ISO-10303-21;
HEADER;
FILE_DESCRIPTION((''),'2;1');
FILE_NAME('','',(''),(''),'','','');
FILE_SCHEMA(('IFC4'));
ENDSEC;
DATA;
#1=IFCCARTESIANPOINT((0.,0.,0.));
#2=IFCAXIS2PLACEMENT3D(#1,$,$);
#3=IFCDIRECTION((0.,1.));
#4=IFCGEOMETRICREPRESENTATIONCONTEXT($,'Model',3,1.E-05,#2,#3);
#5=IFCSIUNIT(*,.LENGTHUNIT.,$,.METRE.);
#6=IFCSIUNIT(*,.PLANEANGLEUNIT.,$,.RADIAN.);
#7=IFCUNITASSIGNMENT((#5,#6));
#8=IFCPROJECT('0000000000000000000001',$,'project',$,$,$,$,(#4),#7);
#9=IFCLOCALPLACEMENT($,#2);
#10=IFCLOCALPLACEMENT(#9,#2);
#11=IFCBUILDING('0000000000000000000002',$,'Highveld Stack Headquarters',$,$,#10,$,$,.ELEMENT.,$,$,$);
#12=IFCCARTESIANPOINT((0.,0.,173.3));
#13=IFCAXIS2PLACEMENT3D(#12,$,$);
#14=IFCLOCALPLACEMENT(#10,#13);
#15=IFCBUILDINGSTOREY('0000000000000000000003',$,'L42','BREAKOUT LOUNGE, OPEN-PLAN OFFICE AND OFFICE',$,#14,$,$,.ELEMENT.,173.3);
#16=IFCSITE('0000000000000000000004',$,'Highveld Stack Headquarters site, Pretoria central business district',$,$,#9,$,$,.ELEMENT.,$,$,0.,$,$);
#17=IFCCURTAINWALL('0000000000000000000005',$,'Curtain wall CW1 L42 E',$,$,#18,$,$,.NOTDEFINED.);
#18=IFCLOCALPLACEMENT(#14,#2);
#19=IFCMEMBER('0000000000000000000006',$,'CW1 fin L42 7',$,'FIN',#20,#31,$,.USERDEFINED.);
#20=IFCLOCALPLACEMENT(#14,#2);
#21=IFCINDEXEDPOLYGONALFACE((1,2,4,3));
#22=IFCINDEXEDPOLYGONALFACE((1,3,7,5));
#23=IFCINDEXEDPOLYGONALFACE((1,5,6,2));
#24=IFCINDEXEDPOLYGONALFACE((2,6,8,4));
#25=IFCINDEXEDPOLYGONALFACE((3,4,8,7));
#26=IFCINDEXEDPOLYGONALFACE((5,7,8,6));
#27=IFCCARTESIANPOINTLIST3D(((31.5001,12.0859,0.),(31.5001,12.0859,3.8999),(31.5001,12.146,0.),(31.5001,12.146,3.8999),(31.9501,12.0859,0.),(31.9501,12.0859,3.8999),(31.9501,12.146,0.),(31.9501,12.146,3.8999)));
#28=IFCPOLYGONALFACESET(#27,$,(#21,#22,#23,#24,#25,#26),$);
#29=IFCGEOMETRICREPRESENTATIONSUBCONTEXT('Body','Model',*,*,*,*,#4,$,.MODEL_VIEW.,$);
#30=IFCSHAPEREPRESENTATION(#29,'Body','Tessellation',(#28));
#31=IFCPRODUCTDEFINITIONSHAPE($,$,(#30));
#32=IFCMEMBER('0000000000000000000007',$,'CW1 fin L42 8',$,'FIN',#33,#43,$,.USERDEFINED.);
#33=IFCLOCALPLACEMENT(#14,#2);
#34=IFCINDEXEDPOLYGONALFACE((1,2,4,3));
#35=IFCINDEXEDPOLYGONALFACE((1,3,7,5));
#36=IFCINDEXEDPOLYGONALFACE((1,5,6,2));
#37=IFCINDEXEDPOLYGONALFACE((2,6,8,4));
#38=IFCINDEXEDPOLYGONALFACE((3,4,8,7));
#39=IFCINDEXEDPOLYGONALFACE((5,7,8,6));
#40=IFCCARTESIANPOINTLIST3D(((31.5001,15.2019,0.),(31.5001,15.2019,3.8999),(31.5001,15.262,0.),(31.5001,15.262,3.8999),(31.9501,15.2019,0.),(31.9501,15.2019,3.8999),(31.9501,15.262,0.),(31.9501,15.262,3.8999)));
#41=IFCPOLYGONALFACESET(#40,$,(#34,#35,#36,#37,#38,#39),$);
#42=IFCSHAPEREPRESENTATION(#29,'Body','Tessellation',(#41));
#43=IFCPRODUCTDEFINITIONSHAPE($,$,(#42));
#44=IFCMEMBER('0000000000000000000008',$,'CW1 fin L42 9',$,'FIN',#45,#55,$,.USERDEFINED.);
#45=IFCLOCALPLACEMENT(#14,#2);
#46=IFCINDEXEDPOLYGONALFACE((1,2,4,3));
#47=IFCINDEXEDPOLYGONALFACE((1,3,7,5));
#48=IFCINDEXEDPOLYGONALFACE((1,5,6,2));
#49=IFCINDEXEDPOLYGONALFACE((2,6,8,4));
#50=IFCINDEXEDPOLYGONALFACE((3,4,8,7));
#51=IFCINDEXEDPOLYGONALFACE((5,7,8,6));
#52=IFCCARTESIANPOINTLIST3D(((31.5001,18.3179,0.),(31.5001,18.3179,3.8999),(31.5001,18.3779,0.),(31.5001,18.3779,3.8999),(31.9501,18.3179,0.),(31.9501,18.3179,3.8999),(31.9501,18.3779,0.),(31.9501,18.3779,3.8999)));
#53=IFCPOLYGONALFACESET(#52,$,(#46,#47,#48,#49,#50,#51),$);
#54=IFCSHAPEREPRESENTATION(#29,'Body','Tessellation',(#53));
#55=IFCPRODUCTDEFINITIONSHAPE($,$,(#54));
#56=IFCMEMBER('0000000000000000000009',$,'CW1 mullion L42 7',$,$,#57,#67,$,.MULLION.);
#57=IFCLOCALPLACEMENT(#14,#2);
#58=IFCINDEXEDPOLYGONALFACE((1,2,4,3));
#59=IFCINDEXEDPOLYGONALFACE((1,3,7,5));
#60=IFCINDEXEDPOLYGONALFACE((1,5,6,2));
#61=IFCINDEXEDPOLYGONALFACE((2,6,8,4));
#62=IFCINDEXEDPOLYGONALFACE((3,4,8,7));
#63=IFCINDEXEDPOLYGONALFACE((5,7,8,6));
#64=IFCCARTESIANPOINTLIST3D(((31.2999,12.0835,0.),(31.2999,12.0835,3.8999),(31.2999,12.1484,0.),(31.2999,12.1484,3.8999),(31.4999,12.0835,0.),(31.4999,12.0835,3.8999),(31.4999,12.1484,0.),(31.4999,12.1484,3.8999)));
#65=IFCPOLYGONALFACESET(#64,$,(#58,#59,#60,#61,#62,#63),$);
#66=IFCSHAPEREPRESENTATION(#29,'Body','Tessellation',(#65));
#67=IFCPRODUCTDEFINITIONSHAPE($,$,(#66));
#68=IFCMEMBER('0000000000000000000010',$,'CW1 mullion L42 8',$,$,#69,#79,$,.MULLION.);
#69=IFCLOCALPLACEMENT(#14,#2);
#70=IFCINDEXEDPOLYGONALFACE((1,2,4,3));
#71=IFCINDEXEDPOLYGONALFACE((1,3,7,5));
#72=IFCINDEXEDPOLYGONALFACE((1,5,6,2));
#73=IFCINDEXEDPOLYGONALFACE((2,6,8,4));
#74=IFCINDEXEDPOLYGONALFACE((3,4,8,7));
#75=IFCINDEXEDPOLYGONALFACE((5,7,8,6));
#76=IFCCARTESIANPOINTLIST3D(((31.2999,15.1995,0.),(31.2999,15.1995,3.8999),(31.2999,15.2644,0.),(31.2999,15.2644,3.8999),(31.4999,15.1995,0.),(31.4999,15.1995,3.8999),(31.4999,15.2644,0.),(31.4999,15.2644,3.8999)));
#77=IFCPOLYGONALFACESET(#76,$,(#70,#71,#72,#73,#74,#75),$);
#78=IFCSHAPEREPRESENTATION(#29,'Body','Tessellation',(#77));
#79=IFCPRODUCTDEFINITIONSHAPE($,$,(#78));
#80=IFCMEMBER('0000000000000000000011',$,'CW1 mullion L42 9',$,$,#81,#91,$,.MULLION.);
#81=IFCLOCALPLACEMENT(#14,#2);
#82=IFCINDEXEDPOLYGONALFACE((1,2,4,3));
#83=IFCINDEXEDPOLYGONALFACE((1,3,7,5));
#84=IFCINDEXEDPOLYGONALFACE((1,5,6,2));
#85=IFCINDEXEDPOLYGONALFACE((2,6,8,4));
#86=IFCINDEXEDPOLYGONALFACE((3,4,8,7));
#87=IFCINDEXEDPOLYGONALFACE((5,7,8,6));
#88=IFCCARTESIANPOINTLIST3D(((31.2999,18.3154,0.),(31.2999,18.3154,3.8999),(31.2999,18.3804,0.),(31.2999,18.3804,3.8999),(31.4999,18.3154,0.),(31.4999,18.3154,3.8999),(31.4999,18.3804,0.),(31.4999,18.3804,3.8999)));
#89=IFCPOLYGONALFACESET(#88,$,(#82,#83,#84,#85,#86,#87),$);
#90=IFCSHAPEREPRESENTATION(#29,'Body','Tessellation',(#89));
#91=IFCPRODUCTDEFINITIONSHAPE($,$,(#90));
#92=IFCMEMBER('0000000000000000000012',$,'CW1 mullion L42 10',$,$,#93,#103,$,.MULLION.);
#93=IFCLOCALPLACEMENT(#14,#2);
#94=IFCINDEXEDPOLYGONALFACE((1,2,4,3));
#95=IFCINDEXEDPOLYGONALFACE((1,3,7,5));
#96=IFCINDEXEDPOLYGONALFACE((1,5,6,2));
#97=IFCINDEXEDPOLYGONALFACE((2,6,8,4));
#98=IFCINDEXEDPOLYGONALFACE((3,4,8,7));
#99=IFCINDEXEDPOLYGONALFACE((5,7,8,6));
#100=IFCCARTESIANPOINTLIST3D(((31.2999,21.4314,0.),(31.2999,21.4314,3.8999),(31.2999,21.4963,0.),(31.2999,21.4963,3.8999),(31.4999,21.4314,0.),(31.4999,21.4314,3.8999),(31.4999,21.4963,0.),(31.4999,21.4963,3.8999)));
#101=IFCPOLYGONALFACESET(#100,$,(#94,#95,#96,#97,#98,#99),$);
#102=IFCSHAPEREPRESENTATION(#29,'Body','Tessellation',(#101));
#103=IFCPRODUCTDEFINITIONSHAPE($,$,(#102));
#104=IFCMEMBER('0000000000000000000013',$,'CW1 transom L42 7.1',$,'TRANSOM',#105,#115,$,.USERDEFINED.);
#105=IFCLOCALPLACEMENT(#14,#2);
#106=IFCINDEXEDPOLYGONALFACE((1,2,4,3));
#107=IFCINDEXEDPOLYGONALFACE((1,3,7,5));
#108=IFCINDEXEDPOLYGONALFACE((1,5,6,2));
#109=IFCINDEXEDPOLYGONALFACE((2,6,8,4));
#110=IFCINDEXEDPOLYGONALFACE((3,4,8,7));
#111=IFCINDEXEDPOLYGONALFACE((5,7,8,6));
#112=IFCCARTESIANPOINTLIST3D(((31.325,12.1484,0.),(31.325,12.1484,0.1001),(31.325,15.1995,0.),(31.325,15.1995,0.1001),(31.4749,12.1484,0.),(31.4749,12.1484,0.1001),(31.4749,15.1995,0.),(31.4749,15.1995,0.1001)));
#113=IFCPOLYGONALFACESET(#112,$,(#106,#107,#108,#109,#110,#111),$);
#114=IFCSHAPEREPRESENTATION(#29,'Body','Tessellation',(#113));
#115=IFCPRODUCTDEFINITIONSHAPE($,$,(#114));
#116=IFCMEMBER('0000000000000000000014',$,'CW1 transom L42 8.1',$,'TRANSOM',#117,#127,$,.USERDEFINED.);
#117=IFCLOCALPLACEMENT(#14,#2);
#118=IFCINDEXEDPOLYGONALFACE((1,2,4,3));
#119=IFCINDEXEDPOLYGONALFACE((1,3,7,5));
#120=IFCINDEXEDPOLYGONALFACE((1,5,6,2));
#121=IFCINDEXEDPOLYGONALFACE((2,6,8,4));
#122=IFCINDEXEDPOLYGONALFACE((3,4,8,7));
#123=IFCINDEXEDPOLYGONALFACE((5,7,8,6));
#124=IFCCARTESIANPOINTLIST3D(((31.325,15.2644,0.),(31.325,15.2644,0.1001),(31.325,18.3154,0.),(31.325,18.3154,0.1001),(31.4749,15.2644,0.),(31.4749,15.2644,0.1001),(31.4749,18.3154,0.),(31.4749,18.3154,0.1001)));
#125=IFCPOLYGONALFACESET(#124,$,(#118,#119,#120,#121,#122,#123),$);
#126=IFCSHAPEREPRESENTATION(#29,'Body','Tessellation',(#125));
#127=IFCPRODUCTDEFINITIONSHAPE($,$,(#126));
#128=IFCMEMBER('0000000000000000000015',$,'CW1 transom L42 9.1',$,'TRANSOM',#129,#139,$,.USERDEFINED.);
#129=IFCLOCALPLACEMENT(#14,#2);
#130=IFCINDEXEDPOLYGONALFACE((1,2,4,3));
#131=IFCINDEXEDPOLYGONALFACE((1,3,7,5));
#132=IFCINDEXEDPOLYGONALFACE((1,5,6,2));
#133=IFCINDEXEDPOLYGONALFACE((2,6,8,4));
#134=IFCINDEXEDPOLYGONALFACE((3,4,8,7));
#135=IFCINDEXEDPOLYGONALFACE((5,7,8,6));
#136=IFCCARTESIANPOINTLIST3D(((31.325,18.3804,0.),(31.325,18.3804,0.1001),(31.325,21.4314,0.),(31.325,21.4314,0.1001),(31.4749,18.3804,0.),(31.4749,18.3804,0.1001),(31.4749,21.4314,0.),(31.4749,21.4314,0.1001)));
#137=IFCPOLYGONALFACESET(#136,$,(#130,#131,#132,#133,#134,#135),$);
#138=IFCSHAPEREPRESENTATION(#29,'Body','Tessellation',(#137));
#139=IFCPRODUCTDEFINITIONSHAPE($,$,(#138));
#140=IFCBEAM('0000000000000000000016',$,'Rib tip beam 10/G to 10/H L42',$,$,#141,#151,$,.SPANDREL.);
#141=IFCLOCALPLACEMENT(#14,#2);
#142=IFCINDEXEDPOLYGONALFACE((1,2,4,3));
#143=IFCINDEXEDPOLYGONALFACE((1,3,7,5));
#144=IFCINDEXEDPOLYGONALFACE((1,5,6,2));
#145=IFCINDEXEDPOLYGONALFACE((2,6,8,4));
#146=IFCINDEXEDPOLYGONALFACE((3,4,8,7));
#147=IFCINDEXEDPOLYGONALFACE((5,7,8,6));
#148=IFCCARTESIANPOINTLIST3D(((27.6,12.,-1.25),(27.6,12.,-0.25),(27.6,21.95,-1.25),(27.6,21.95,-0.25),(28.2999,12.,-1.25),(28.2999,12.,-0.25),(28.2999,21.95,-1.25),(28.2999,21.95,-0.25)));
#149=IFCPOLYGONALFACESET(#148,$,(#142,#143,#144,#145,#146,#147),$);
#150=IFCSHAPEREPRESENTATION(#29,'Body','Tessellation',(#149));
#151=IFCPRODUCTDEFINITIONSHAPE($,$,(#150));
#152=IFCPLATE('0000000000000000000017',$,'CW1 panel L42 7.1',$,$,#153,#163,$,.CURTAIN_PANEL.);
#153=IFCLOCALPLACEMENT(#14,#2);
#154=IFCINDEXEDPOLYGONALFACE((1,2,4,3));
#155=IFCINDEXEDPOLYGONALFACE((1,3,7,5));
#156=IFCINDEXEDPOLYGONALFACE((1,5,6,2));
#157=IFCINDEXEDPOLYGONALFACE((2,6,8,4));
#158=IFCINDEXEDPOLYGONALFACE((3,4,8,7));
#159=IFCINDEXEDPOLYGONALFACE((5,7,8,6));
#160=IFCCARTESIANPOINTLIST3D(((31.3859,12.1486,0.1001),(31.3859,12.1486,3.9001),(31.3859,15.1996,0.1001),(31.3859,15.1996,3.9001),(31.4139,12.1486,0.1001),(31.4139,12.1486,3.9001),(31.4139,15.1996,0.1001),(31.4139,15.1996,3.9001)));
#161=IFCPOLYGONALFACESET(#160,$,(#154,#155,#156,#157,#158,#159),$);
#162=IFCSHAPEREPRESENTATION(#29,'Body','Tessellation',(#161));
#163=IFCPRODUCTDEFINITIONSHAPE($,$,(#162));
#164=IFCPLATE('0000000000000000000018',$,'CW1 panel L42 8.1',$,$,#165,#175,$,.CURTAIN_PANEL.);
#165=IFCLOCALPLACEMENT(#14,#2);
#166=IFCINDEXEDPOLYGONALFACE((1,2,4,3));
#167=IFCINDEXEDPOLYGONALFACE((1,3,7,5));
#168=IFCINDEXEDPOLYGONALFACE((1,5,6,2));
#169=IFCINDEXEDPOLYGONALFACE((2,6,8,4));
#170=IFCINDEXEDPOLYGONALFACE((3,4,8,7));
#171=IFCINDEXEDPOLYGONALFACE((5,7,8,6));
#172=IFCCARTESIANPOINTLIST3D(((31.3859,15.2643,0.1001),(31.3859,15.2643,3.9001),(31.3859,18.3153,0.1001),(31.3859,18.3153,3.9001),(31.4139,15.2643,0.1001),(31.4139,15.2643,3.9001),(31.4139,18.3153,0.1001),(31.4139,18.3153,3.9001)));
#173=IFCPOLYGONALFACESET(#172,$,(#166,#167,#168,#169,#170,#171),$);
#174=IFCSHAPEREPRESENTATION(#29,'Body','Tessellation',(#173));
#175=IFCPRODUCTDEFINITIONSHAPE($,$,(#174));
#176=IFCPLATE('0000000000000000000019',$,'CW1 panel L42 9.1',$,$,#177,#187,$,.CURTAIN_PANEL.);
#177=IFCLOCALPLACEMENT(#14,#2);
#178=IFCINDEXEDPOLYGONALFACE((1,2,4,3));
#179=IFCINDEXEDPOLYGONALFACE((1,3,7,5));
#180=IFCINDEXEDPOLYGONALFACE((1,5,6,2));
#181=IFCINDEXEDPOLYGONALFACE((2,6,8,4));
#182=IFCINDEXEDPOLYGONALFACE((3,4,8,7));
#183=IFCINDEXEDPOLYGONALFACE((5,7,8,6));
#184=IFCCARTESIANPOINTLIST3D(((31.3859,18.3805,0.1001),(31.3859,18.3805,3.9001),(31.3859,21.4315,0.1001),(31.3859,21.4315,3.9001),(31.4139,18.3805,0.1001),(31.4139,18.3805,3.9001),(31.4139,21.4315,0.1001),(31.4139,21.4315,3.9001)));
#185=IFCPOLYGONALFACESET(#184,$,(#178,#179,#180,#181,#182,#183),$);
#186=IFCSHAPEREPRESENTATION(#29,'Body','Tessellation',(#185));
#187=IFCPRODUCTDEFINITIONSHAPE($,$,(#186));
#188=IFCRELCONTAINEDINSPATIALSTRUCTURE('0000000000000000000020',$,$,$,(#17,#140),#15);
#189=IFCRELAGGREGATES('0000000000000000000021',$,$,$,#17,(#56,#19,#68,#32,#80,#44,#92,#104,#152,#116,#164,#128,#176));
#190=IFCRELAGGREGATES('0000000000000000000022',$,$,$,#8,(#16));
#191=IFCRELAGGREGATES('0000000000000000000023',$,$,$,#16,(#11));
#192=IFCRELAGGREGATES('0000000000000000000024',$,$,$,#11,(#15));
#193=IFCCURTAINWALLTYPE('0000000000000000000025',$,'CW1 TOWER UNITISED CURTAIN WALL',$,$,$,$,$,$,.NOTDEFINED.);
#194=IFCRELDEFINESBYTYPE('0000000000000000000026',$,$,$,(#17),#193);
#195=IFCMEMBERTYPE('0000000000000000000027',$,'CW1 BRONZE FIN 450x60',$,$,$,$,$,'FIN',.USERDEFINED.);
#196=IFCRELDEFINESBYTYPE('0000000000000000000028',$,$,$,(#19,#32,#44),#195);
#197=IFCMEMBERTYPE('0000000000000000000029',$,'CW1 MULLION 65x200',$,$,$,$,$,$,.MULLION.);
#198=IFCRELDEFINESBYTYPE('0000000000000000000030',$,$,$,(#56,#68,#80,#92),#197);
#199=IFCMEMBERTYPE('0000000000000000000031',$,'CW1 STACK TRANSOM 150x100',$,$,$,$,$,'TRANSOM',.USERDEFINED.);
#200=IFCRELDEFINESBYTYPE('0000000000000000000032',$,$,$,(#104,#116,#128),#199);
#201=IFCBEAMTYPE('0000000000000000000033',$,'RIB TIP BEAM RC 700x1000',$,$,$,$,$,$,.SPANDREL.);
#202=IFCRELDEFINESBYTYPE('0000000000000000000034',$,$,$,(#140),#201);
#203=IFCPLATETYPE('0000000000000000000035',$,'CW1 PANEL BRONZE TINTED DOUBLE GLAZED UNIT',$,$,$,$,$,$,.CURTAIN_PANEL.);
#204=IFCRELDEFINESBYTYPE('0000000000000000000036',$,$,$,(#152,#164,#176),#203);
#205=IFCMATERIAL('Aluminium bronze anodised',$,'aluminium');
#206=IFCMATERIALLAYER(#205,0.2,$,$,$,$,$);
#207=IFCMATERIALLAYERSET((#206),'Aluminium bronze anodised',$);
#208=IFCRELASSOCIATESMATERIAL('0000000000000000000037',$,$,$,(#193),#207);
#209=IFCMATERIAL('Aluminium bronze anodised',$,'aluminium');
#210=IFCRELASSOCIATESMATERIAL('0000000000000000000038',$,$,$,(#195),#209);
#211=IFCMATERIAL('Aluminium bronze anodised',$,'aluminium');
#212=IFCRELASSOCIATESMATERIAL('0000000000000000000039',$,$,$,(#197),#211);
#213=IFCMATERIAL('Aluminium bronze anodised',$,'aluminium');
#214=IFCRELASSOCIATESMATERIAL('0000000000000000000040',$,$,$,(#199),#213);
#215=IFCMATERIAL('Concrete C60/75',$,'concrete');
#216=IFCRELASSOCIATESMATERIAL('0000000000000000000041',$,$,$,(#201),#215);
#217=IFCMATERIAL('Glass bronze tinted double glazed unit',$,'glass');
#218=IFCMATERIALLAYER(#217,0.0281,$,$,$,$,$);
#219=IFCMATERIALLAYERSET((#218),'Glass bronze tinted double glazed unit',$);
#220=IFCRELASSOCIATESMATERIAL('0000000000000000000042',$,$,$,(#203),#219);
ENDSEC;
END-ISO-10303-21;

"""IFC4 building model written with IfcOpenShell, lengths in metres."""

from ifc_helpers import new_model, si_unit, direction, frame, origin, origin_2d, place, context, subcontext, project, spatial, rectangle, extrude, material, layer, layer_set, material_profile, profile_set, type_object, element, aggregate, save


model = new_model("IFC4")

# Units and contexts
model_context = context("Model", 3, precision=1e-05, world=origin(), true_north=direction((0.0, 1.0)))
body_context = subcontext(model_context, "Body", "Model", "MODEL_VIEW")
ifc_project = project(units=[si_unit("LENGTHUNIT", "METRE"), si_unit("PLANEANGLEUNIT", "RADIAN")], contexts=[model_context])

# Site, building, storey
site_placement = place(None, origin())
site = spatial("IfcSite", under=ifc_project, at=site_placement, Name="Highveld Stack Headquarters site, Pretoria central business district", CompositionType="ELEMENT", RefElevation=0.0)
building_placement = place(site_placement, origin())
building = spatial("IfcBuilding", under=site, at=building_placement, Name="Highveld Stack Headquarters", CompositionType="ELEMENT")
storey_placement = place(building_placement, frame((0.0, 0.0, 173.3)))
storey = spatial("IfcBuildingStorey", under=building, at=storey_placement, Name="L42", Description="BREAKOUT LOUNGE, OPEN-PLAN OFFICE AND OFFICE", CompositionType="ELEMENT", Elevation=173.3)

# Curtain wall, members
ifc_material_1 = material(Name="Aluminium bronze anodised", Category="aluminium")
ifc_layer_1 = layer(ifc_material_1, 0.2)
ifc_layer_set_1 = layer_set([ifc_layer_1], Name="Aluminium bronze anodised")
curtain_wall_type = type_object("IfcCurtainWallType", Name="CW1 TOWER UNITISED CURTAIN WALL", PredefinedType="NOTDEFINED", material=ifc_layer_set_1)
curtain_wall_placement = place(storey_placement, origin())
curtain_wall = element("IfcCurtainWall", 1, at=curtain_wall_placement, inside=storey, type_object=curtain_wall_type, Name="Curtain wall CW1 L42 E", PredefinedType="NOTDEFINED")
ifc_material_2 = material(Name="Aluminium bronze anodised", Category="aluminium")
ifc_material_profile_1 = material_profile(ifc_material_2, rectangle(XDim=0.45, YDim=0.0601, at=origin_2d()), Name="FIN 450x60")
ifc_profile_set_1 = profile_set([ifc_material_profile_1], Name="Aluminium bronze anodised")
member_type_1 = type_object("IfcMemberType", Name="CW1 BRONZE FIN 450x60", ElementType="FIN", PredefinedType="USERDEFINED", material=ifc_profile_set_1)
member_1_placement = place(storey_placement, frame((31.7251, 12.116, 0.0), z_axis=(0.0, 0.0, 1.0), x_axis=(-1.0, 0.0, 0.0)))
member_1 = element("IfcMember", 2, at=member_1_placement, type_object=member_type_1, Name="CW1 fin L42 7", ObjectType="FIN", PredefinedType="USERDEFINED", context=body_context, shape_type="SweptSolid", body=[
    extrude(rectangle(XDim=0.45, YDim=0.0601, at=origin_2d()), origin(), (0.0, 0.0, 1.0), 3.8999),
])
member_2_placement = place(storey_placement, frame((31.7251, 15.2319, 0.0), z_axis=(0.0, 0.0, 1.0), x_axis=(-1.0, 0.0, 0.0)))
member_2 = element("IfcMember", 3, at=member_2_placement, type_object=member_type_1, Name="CW1 fin L42 8", ObjectType="FIN", PredefinedType="USERDEFINED", context=body_context, shape_type="SweptSolid", body=[
    extrude(rectangle(XDim=0.45, YDim=0.0601, at=origin_2d()), origin(), (0.0, 0.0, 1.0), 3.8999),
])
member_3_placement = place(storey_placement, frame((31.7251, 18.3479, 0.0), z_axis=(0.0, 0.0, 1.0), x_axis=(-1.0, 0.0, 0.0)))
member_3 = element("IfcMember", 4, at=member_3_placement, type_object=member_type_1, Name="CW1 fin L42 9", ObjectType="FIN", PredefinedType="USERDEFINED", context=body_context, shape_type="SweptSolid", body=[
    extrude(rectangle(XDim=0.45, YDim=0.0601, at=origin_2d()), origin(), (0.0, 0.0, 1.0), 3.8999),
])
ifc_material_3 = material(Name="Aluminium bronze anodised", Category="aluminium")
ifc_material_profile_2 = material_profile(ifc_material_3, rectangle(XDim=0.2, YDim=0.0649, at=origin_2d()), Name="CW1 MULLION 65x200")
ifc_profile_set_2 = profile_set([ifc_material_profile_2], Name="Aluminium bronze anodised")
member_type_2 = type_object("IfcMemberType", Name="CW1 MULLION 65x200", PredefinedType="MULLION", material=ifc_profile_set_2)
member_4_placement = place(storey_placement, frame((31.3999, 12.116, 0.0), z_axis=(0.0, 0.0, 1.0), x_axis=(-1.0, 0.0, 0.0)))
member_4 = element("IfcMember", 5, at=member_4_placement, type_object=member_type_2, Name="CW1 mullion L42 7", PredefinedType="MULLION", context=body_context, shape_type="SweptSolid", body=[
    extrude(rectangle(XDim=0.2, YDim=0.0649, at=origin_2d()), origin(), (0.0, 0.0, 1.0), 3.8999),
])
member_5_placement = place(storey_placement, frame((31.3999, 15.2319, 0.0), z_axis=(0.0, 0.0, 1.0), x_axis=(-1.0, 0.0, 0.0)))
member_5 = element("IfcMember", 6, at=member_5_placement, type_object=member_type_2, Name="CW1 mullion L42 8", PredefinedType="MULLION", context=body_context, shape_type="SweptSolid", body=[
    extrude(rectangle(XDim=0.2, YDim=0.0649, at=origin_2d()), origin(), (0.0, 0.0, 1.0), 3.8999),
])
member_6_placement = place(storey_placement, frame((31.3999, 18.3479, 0.0), z_axis=(0.0, 0.0, 1.0), x_axis=(-1.0, 0.0, 0.0)))
member_6 = element("IfcMember", 7, at=member_6_placement, type_object=member_type_2, Name="CW1 mullion L42 9", PredefinedType="MULLION", context=body_context, shape_type="SweptSolid", body=[
    extrude(rectangle(XDim=0.2, YDim=0.0649, at=origin_2d()), origin(), (0.0, 0.0, 1.0), 3.8999),
])
member_7_placement = place(storey_placement, frame((31.3999, 21.4639, 0.0), z_axis=(0.0, 0.0, 1.0), x_axis=(-1.0, 0.0, 0.0)))
member_7 = element("IfcMember", 8, at=member_7_placement, type_object=member_type_2, Name="CW1 mullion L42 10", PredefinedType="MULLION", context=body_context, shape_type="SweptSolid", body=[
    extrude(rectangle(XDim=0.2, YDim=0.0649, at=origin_2d()), origin(), (0.0, 0.0, 1.0), 3.8999),
])
ifc_material_4 = material(Name="Aluminium bronze anodised", Category="aluminium")
ifc_material_profile_3 = material_profile(ifc_material_4, rectangle(XDim=0.1499, YDim=0.1001, at=origin_2d()), Name="CW1 TRANSOM 150x100")
ifc_profile_set_3 = profile_set([ifc_material_profile_3], Name="Aluminium bronze anodised")
member_type_3 = type_object("IfcMemberType", Name="CW1 STACK TRANSOM 150x100", ElementType="TRANSOM", PredefinedType="USERDEFINED", material=ifc_profile_set_3)
member_8_placement = place(storey_placement, frame((31.3999, 12.1484, 0.05), z_axis=(0.0, 1.0, 0.0), x_axis=(-1.0, 0.0, 0.0)))
member_8 = element("IfcMember", 9, at=member_8_placement, type_object=member_type_3, Name="CW1 transom L42 7.1", ObjectType="TRANSOM", PredefinedType="USERDEFINED", context=body_context, shape_type="SweptSolid", body=[
    extrude(rectangle(XDim=0.1499, YDim=0.1001, at=origin_2d()), origin(), (0.0, 0.0, 1.0), 3.051),
])
member_9_placement = place(storey_placement, frame((31.3999, 15.2644, 0.05), z_axis=(0.0, 1.0, 0.0), x_axis=(-1.0, 0.0, 0.0)))
member_9 = element("IfcMember", 10, at=member_9_placement, type_object=member_type_3, Name="CW1 transom L42 8.1", ObjectType="TRANSOM", PredefinedType="USERDEFINED", context=body_context, shape_type="SweptSolid", body=[
    extrude(rectangle(XDim=0.1499, YDim=0.1001, at=origin_2d()), origin(), (0.0, 0.0, 1.0), 3.051),
])
member_10_placement = place(storey_placement, frame((31.3999, 18.3804, 0.05), z_axis=(0.0, 1.0, 0.0), x_axis=(-1.0, 0.0, 0.0)))
member_10 = element("IfcMember", 11, at=member_10_placement, type_object=member_type_3, Name="CW1 transom L42 9.1", ObjectType="TRANSOM", PredefinedType="USERDEFINED", context=body_context, shape_type="SweptSolid", body=[
    extrude(rectangle(XDim=0.1499, YDim=0.1001, at=origin_2d()), origin(), (0.0, 0.0, 1.0), 3.051),
])

# Beam
ifc_material_5 = material(Name="Concrete C60/75", Category="concrete")
ifc_material_profile_4 = material_profile(ifc_material_5, rectangle(XDim=0.7, YDim=1.0, at=origin_2d()), Name="RC 700x1000")
ifc_profile_set_4 = profile_set([ifc_material_profile_4], Name="Concrete C60/75")
beam_type = type_object("IfcBeamType", Name="RIB TIP BEAM RC 700x1000", PredefinedType="SPANDREL", material=ifc_profile_set_4)
beam_placement = place(storey_placement, frame((27.95, 12.0, -0.75), z_axis=(0.0, 1.0, 0.0), x_axis=(-1.0, 0.0, 0.0)))
element("IfcBeam", 12, at=beam_placement, inside=storey, type_object=beam_type, Name="Rib tip beam 10/G to 10/H L42", PredefinedType="SPANDREL", context=body_context, shape_type="SweptSolid", body=[
    extrude(rectangle(XDim=0.7, YDim=1.0, at=origin_2d()), origin(), (0.0, 0.0, 1.0), 9.95),
])

# Plates
ifc_material_6 = material(Name="Glass bronze tinted double glazed unit", Category="glass")
ifc_layer_2 = layer(ifc_material_6, 0.0281)
ifc_layer_set_2 = layer_set([ifc_layer_2], Name="Glass bronze tinted double glazed unit")
plate_type = type_object("IfcPlateType", Name="CW1 PANEL BRONZE TINTED DOUBLE GLAZED UNIT", PredefinedType="CURTAIN_PANEL", material=ifc_layer_set_2)
plate_1_placement = place(storey_placement, frame((31.3999, 13.6741, 0.1001), z_axis=(0.0, 0.0, 1.0), x_axis=(0.0, 1.0, 0.0)))
plate_1 = element("IfcPlate", 13, at=plate_1_placement, type_object=plate_type, Name="CW1 panel L42 7.1", PredefinedType="CURTAIN_PANEL", context=body_context, shape_type="SweptSolid", body=[
    extrude(rectangle(XDim=3.051, YDim=0.0281, at=origin_2d()), origin(), (0.0, 0.0, 1.0), 3.8),
])
plate_2_placement = place(storey_placement, frame((31.3999, 16.7898, 0.1001), z_axis=(0.0, 0.0, 1.0), x_axis=(0.0, 1.0, 0.0)))
plate_2 = element("IfcPlate", 14, at=plate_2_placement, type_object=plate_type, Name="CW1 panel L42 8.1", PredefinedType="CURTAIN_PANEL", context=body_context, shape_type="SweptSolid", body=[
    extrude(rectangle(XDim=3.051, YDim=0.0281, at=origin_2d()), origin(), (0.0, 0.0, 1.0), 3.8),
])
plate_3_placement = place(storey_placement, frame((31.3999, 19.906, 0.1001), z_axis=(0.0, 0.0, 1.0), x_axis=(0.0, 1.0, 0.0)))
plate_3 = element("IfcPlate", 15, at=plate_3_placement, type_object=plate_type, Name="CW1 panel L42 9.1", PredefinedType="CURTAIN_PANEL", context=body_context, shape_type="SweptSolid", body=[
    extrude(rectangle(XDim=3.051, YDim=0.0281, at=origin_2d()), origin(), (0.0, 0.0, 1.0), 3.8),
])
aggregate(curtain_wall, [member_4, member_1, member_5, member_2, member_6, member_3, member_7, member_8, plate_1, member_9, plate_2, member_10, plate_3])

save(model, "model.ifc")
